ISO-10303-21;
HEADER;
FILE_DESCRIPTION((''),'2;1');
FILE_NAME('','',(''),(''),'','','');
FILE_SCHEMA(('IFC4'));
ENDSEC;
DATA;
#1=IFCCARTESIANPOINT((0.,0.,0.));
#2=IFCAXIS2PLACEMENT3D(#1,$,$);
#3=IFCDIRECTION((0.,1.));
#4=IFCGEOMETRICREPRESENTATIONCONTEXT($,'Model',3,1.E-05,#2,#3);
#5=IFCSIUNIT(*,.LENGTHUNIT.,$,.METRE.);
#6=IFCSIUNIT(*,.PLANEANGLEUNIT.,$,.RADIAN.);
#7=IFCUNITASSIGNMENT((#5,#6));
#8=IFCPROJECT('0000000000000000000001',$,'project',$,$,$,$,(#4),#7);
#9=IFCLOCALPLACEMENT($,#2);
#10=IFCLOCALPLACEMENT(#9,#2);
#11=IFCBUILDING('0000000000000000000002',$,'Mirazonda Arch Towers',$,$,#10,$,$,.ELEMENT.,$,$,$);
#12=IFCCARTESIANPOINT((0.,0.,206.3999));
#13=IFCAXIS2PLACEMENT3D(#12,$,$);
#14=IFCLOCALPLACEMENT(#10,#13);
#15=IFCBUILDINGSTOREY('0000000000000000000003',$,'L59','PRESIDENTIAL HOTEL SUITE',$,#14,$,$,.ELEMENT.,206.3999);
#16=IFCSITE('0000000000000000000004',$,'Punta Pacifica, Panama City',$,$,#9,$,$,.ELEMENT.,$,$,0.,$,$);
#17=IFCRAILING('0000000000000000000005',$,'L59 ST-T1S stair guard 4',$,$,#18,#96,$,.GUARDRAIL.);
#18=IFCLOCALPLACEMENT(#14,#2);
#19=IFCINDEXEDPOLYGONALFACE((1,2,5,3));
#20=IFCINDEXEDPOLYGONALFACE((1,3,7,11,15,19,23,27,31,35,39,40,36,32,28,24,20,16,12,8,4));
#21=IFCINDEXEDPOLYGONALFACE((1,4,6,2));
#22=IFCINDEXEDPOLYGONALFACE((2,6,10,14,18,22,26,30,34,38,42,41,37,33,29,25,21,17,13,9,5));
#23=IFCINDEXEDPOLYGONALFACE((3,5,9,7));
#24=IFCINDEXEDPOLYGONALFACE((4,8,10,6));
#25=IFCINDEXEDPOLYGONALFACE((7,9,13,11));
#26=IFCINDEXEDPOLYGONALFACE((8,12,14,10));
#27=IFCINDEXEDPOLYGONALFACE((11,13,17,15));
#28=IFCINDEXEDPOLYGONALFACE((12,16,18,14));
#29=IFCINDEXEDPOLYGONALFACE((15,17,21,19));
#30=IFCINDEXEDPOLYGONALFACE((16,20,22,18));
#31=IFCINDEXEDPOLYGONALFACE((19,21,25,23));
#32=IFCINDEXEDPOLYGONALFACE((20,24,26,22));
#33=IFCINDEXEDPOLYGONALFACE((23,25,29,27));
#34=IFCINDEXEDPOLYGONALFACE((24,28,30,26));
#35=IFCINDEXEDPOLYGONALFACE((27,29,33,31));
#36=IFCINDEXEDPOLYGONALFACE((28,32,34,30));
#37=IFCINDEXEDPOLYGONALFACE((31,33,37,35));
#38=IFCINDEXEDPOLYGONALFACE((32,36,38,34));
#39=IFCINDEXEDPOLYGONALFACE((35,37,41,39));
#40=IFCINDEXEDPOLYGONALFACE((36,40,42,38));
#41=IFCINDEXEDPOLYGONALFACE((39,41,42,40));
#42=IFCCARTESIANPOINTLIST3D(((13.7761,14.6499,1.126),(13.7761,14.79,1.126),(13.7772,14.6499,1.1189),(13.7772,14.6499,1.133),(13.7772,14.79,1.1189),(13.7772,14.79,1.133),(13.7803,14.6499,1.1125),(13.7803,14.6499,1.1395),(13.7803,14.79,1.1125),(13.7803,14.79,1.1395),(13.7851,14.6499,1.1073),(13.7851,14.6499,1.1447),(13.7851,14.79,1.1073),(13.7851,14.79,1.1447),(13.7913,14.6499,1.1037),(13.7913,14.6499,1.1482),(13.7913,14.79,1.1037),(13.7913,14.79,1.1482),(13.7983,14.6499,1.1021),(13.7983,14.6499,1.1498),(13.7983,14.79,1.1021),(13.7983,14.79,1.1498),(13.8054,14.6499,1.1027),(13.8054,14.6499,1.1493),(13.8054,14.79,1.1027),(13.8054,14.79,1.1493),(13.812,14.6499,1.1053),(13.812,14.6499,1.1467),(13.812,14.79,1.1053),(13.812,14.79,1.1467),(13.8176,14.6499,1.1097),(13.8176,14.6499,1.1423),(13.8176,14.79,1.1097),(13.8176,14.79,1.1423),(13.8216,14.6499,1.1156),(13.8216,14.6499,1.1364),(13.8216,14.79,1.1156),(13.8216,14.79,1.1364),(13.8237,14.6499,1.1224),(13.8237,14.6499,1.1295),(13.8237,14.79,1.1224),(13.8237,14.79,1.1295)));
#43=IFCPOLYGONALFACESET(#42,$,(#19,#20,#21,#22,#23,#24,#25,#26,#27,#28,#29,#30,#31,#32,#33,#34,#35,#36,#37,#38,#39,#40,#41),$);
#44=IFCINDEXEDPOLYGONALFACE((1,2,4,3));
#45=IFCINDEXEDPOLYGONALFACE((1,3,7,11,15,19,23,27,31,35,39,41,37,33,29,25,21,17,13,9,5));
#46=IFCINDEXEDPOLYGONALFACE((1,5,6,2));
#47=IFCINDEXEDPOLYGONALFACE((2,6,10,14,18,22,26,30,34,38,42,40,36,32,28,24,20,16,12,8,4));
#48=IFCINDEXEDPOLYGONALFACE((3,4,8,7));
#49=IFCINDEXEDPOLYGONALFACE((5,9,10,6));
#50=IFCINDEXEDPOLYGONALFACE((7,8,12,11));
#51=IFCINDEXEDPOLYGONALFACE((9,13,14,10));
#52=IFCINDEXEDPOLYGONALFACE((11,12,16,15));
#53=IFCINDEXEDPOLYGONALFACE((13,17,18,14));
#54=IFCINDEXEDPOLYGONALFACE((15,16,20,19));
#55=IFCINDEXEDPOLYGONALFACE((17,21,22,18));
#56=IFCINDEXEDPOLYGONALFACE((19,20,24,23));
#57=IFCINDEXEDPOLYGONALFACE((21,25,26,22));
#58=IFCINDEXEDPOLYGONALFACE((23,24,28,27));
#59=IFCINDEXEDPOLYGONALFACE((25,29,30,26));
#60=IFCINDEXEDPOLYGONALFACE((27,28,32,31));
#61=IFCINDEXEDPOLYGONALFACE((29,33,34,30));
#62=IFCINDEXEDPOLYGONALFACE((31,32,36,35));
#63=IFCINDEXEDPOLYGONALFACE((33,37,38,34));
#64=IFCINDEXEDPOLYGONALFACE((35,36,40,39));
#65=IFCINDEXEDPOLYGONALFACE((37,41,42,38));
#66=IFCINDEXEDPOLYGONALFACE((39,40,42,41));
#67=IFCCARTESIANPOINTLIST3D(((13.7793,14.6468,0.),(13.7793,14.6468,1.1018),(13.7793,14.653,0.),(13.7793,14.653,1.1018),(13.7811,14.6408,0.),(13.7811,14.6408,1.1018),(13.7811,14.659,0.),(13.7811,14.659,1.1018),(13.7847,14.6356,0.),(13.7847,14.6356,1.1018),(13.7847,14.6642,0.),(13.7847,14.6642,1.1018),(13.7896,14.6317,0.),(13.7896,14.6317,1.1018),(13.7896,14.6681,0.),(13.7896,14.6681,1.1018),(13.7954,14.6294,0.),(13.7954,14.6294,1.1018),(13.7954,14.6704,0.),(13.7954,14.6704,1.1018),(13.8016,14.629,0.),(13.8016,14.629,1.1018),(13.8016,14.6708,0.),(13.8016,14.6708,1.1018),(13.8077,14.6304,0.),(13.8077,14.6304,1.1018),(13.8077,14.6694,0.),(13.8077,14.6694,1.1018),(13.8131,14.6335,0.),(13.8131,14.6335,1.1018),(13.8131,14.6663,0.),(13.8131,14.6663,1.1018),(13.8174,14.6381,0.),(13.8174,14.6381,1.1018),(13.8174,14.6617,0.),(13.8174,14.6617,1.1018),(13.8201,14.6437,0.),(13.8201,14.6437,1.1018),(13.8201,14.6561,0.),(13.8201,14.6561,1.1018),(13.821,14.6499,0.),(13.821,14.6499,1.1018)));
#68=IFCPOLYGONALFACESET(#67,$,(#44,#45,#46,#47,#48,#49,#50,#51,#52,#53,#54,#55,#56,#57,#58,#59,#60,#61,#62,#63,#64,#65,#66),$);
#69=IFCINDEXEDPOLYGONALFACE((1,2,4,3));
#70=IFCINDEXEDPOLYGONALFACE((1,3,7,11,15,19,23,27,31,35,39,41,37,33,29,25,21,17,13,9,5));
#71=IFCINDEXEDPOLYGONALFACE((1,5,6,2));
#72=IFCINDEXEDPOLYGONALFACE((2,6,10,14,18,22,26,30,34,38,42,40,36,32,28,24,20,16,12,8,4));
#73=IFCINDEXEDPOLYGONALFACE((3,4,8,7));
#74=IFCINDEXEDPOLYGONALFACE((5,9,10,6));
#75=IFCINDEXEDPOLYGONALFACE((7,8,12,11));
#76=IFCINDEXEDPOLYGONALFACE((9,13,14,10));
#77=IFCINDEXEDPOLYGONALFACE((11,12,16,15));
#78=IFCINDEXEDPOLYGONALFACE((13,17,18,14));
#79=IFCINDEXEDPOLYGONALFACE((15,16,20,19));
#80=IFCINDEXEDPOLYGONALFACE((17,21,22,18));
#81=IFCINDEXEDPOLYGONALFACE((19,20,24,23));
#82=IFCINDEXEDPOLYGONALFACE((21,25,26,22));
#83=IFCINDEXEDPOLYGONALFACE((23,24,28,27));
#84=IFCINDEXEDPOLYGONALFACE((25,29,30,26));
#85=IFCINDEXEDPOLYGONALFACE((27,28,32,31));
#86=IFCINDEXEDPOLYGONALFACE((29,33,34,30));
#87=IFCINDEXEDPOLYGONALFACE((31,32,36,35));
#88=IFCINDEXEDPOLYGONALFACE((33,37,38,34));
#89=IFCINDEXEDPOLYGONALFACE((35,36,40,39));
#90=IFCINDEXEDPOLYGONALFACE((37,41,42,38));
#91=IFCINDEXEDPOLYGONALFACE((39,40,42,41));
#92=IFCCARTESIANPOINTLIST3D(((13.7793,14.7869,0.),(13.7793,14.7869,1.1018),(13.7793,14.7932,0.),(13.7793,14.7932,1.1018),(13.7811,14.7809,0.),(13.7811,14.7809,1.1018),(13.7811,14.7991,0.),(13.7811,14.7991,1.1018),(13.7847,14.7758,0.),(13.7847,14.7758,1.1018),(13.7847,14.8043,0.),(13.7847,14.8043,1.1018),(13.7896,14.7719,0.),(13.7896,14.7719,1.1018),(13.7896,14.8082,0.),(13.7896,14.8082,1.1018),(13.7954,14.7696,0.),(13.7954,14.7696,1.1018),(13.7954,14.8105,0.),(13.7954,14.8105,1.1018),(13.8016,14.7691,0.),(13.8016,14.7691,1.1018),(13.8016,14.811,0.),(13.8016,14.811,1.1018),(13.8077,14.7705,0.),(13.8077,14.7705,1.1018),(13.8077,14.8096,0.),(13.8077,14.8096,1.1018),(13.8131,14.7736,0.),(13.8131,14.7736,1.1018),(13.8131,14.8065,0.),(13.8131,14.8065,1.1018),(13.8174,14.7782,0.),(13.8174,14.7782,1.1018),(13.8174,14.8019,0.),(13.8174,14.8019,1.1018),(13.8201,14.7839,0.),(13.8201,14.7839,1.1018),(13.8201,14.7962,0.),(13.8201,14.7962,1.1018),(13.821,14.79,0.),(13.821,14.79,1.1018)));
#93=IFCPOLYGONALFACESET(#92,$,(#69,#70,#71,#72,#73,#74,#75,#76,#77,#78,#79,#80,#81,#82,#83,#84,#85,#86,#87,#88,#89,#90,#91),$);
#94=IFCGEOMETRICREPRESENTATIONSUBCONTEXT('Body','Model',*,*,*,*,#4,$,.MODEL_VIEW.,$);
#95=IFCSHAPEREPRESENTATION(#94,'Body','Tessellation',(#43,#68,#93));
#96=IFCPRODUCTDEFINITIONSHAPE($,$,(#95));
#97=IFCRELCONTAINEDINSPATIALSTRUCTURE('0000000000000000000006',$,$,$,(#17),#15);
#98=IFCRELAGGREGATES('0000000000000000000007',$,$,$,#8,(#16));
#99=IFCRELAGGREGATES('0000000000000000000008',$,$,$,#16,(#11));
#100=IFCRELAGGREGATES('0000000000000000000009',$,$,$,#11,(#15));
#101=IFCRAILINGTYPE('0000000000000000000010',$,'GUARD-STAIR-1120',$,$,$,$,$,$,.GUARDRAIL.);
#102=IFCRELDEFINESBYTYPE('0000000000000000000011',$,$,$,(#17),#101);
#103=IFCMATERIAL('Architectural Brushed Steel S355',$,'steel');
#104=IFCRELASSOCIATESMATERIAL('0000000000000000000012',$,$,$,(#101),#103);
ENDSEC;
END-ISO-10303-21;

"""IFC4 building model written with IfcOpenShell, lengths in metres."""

from ifc_helpers import new_model, si_unit, direction, frame, origin, origin_2d, place, context, subcontext, project, spatial, circle, extrude, material, type_object, element, save


model = new_model("IFC4")

# Units and contexts
model_context = context("Model", 3, precision=1e-05, world=origin(), true_north=direction((0.0, 1.0)))
body_context = subcontext(model_context, "Body", "Model", "MODEL_VIEW")
ifc_project = project(units=[si_unit("LENGTHUNIT", "METRE"), si_unit("PLANEANGLEUNIT", "RADIAN")], contexts=[model_context])

# Site, building, storey
site_placement = place(None, origin())
site = spatial("IfcSite", under=ifc_project, at=site_placement, Name="Punta Pacifica, Panama City", CompositionType="ELEMENT", RefElevation=0.0)
building_placement = place(site_placement, origin())
building = spatial("IfcBuilding", under=site, at=building_placement, Name="Mirazonda Arch Towers", CompositionType="ELEMENT")
storey_placement = place(building_placement, frame((0.0, 0.0, 206.3999)))
storey = spatial("IfcBuildingStorey", under=building, at=storey_placement, Name="L59", Description="PRESIDENTIAL HOTEL SUITE", CompositionType="ELEMENT", Elevation=206.3999)

# Shared definitions
ifc_material_1 = material(Name="Architectural Brushed Steel S355", Category="steel")

# Railing
railing_type_1 = type_object("IfcRailingType", Name="GUARD-STAIR-1120", PredefinedType="GUARDRAIL", material=ifc_material_1)
railing_1_placement = place(storey_placement, frame((13.8, 14.6499, 0.0)))
element("IfcRailing", 1, at=railing_1_placement, inside=storey, type_object=railing_type_1, Name="L59 ST-T1S stair guard 4", PredefinedType="GUARDRAIL", context=body_context, shape_type="SweptSolid", body=[
    extrude(circle(Radius=0.0239, at=origin_2d()), frame((0.0, 0.0, 1.126), z_axis=(0.0, 1.0, 0.0), x_axis=(-1.0, 0.0, 0.0)), (0.0, 0.0, 1.0), 0.1401),
    extrude(circle(Radius=0.021, at=origin_2d()), origin(), (0.0, 0.0, 1.0), 1.1018),
    extrude(circle(Radius=0.021, at=origin_2d()), frame((0.0, 0.1401, 0.0)), (0.0, 0.0, 1.0), 1.1018),
])

save(model, "model.ifc")
